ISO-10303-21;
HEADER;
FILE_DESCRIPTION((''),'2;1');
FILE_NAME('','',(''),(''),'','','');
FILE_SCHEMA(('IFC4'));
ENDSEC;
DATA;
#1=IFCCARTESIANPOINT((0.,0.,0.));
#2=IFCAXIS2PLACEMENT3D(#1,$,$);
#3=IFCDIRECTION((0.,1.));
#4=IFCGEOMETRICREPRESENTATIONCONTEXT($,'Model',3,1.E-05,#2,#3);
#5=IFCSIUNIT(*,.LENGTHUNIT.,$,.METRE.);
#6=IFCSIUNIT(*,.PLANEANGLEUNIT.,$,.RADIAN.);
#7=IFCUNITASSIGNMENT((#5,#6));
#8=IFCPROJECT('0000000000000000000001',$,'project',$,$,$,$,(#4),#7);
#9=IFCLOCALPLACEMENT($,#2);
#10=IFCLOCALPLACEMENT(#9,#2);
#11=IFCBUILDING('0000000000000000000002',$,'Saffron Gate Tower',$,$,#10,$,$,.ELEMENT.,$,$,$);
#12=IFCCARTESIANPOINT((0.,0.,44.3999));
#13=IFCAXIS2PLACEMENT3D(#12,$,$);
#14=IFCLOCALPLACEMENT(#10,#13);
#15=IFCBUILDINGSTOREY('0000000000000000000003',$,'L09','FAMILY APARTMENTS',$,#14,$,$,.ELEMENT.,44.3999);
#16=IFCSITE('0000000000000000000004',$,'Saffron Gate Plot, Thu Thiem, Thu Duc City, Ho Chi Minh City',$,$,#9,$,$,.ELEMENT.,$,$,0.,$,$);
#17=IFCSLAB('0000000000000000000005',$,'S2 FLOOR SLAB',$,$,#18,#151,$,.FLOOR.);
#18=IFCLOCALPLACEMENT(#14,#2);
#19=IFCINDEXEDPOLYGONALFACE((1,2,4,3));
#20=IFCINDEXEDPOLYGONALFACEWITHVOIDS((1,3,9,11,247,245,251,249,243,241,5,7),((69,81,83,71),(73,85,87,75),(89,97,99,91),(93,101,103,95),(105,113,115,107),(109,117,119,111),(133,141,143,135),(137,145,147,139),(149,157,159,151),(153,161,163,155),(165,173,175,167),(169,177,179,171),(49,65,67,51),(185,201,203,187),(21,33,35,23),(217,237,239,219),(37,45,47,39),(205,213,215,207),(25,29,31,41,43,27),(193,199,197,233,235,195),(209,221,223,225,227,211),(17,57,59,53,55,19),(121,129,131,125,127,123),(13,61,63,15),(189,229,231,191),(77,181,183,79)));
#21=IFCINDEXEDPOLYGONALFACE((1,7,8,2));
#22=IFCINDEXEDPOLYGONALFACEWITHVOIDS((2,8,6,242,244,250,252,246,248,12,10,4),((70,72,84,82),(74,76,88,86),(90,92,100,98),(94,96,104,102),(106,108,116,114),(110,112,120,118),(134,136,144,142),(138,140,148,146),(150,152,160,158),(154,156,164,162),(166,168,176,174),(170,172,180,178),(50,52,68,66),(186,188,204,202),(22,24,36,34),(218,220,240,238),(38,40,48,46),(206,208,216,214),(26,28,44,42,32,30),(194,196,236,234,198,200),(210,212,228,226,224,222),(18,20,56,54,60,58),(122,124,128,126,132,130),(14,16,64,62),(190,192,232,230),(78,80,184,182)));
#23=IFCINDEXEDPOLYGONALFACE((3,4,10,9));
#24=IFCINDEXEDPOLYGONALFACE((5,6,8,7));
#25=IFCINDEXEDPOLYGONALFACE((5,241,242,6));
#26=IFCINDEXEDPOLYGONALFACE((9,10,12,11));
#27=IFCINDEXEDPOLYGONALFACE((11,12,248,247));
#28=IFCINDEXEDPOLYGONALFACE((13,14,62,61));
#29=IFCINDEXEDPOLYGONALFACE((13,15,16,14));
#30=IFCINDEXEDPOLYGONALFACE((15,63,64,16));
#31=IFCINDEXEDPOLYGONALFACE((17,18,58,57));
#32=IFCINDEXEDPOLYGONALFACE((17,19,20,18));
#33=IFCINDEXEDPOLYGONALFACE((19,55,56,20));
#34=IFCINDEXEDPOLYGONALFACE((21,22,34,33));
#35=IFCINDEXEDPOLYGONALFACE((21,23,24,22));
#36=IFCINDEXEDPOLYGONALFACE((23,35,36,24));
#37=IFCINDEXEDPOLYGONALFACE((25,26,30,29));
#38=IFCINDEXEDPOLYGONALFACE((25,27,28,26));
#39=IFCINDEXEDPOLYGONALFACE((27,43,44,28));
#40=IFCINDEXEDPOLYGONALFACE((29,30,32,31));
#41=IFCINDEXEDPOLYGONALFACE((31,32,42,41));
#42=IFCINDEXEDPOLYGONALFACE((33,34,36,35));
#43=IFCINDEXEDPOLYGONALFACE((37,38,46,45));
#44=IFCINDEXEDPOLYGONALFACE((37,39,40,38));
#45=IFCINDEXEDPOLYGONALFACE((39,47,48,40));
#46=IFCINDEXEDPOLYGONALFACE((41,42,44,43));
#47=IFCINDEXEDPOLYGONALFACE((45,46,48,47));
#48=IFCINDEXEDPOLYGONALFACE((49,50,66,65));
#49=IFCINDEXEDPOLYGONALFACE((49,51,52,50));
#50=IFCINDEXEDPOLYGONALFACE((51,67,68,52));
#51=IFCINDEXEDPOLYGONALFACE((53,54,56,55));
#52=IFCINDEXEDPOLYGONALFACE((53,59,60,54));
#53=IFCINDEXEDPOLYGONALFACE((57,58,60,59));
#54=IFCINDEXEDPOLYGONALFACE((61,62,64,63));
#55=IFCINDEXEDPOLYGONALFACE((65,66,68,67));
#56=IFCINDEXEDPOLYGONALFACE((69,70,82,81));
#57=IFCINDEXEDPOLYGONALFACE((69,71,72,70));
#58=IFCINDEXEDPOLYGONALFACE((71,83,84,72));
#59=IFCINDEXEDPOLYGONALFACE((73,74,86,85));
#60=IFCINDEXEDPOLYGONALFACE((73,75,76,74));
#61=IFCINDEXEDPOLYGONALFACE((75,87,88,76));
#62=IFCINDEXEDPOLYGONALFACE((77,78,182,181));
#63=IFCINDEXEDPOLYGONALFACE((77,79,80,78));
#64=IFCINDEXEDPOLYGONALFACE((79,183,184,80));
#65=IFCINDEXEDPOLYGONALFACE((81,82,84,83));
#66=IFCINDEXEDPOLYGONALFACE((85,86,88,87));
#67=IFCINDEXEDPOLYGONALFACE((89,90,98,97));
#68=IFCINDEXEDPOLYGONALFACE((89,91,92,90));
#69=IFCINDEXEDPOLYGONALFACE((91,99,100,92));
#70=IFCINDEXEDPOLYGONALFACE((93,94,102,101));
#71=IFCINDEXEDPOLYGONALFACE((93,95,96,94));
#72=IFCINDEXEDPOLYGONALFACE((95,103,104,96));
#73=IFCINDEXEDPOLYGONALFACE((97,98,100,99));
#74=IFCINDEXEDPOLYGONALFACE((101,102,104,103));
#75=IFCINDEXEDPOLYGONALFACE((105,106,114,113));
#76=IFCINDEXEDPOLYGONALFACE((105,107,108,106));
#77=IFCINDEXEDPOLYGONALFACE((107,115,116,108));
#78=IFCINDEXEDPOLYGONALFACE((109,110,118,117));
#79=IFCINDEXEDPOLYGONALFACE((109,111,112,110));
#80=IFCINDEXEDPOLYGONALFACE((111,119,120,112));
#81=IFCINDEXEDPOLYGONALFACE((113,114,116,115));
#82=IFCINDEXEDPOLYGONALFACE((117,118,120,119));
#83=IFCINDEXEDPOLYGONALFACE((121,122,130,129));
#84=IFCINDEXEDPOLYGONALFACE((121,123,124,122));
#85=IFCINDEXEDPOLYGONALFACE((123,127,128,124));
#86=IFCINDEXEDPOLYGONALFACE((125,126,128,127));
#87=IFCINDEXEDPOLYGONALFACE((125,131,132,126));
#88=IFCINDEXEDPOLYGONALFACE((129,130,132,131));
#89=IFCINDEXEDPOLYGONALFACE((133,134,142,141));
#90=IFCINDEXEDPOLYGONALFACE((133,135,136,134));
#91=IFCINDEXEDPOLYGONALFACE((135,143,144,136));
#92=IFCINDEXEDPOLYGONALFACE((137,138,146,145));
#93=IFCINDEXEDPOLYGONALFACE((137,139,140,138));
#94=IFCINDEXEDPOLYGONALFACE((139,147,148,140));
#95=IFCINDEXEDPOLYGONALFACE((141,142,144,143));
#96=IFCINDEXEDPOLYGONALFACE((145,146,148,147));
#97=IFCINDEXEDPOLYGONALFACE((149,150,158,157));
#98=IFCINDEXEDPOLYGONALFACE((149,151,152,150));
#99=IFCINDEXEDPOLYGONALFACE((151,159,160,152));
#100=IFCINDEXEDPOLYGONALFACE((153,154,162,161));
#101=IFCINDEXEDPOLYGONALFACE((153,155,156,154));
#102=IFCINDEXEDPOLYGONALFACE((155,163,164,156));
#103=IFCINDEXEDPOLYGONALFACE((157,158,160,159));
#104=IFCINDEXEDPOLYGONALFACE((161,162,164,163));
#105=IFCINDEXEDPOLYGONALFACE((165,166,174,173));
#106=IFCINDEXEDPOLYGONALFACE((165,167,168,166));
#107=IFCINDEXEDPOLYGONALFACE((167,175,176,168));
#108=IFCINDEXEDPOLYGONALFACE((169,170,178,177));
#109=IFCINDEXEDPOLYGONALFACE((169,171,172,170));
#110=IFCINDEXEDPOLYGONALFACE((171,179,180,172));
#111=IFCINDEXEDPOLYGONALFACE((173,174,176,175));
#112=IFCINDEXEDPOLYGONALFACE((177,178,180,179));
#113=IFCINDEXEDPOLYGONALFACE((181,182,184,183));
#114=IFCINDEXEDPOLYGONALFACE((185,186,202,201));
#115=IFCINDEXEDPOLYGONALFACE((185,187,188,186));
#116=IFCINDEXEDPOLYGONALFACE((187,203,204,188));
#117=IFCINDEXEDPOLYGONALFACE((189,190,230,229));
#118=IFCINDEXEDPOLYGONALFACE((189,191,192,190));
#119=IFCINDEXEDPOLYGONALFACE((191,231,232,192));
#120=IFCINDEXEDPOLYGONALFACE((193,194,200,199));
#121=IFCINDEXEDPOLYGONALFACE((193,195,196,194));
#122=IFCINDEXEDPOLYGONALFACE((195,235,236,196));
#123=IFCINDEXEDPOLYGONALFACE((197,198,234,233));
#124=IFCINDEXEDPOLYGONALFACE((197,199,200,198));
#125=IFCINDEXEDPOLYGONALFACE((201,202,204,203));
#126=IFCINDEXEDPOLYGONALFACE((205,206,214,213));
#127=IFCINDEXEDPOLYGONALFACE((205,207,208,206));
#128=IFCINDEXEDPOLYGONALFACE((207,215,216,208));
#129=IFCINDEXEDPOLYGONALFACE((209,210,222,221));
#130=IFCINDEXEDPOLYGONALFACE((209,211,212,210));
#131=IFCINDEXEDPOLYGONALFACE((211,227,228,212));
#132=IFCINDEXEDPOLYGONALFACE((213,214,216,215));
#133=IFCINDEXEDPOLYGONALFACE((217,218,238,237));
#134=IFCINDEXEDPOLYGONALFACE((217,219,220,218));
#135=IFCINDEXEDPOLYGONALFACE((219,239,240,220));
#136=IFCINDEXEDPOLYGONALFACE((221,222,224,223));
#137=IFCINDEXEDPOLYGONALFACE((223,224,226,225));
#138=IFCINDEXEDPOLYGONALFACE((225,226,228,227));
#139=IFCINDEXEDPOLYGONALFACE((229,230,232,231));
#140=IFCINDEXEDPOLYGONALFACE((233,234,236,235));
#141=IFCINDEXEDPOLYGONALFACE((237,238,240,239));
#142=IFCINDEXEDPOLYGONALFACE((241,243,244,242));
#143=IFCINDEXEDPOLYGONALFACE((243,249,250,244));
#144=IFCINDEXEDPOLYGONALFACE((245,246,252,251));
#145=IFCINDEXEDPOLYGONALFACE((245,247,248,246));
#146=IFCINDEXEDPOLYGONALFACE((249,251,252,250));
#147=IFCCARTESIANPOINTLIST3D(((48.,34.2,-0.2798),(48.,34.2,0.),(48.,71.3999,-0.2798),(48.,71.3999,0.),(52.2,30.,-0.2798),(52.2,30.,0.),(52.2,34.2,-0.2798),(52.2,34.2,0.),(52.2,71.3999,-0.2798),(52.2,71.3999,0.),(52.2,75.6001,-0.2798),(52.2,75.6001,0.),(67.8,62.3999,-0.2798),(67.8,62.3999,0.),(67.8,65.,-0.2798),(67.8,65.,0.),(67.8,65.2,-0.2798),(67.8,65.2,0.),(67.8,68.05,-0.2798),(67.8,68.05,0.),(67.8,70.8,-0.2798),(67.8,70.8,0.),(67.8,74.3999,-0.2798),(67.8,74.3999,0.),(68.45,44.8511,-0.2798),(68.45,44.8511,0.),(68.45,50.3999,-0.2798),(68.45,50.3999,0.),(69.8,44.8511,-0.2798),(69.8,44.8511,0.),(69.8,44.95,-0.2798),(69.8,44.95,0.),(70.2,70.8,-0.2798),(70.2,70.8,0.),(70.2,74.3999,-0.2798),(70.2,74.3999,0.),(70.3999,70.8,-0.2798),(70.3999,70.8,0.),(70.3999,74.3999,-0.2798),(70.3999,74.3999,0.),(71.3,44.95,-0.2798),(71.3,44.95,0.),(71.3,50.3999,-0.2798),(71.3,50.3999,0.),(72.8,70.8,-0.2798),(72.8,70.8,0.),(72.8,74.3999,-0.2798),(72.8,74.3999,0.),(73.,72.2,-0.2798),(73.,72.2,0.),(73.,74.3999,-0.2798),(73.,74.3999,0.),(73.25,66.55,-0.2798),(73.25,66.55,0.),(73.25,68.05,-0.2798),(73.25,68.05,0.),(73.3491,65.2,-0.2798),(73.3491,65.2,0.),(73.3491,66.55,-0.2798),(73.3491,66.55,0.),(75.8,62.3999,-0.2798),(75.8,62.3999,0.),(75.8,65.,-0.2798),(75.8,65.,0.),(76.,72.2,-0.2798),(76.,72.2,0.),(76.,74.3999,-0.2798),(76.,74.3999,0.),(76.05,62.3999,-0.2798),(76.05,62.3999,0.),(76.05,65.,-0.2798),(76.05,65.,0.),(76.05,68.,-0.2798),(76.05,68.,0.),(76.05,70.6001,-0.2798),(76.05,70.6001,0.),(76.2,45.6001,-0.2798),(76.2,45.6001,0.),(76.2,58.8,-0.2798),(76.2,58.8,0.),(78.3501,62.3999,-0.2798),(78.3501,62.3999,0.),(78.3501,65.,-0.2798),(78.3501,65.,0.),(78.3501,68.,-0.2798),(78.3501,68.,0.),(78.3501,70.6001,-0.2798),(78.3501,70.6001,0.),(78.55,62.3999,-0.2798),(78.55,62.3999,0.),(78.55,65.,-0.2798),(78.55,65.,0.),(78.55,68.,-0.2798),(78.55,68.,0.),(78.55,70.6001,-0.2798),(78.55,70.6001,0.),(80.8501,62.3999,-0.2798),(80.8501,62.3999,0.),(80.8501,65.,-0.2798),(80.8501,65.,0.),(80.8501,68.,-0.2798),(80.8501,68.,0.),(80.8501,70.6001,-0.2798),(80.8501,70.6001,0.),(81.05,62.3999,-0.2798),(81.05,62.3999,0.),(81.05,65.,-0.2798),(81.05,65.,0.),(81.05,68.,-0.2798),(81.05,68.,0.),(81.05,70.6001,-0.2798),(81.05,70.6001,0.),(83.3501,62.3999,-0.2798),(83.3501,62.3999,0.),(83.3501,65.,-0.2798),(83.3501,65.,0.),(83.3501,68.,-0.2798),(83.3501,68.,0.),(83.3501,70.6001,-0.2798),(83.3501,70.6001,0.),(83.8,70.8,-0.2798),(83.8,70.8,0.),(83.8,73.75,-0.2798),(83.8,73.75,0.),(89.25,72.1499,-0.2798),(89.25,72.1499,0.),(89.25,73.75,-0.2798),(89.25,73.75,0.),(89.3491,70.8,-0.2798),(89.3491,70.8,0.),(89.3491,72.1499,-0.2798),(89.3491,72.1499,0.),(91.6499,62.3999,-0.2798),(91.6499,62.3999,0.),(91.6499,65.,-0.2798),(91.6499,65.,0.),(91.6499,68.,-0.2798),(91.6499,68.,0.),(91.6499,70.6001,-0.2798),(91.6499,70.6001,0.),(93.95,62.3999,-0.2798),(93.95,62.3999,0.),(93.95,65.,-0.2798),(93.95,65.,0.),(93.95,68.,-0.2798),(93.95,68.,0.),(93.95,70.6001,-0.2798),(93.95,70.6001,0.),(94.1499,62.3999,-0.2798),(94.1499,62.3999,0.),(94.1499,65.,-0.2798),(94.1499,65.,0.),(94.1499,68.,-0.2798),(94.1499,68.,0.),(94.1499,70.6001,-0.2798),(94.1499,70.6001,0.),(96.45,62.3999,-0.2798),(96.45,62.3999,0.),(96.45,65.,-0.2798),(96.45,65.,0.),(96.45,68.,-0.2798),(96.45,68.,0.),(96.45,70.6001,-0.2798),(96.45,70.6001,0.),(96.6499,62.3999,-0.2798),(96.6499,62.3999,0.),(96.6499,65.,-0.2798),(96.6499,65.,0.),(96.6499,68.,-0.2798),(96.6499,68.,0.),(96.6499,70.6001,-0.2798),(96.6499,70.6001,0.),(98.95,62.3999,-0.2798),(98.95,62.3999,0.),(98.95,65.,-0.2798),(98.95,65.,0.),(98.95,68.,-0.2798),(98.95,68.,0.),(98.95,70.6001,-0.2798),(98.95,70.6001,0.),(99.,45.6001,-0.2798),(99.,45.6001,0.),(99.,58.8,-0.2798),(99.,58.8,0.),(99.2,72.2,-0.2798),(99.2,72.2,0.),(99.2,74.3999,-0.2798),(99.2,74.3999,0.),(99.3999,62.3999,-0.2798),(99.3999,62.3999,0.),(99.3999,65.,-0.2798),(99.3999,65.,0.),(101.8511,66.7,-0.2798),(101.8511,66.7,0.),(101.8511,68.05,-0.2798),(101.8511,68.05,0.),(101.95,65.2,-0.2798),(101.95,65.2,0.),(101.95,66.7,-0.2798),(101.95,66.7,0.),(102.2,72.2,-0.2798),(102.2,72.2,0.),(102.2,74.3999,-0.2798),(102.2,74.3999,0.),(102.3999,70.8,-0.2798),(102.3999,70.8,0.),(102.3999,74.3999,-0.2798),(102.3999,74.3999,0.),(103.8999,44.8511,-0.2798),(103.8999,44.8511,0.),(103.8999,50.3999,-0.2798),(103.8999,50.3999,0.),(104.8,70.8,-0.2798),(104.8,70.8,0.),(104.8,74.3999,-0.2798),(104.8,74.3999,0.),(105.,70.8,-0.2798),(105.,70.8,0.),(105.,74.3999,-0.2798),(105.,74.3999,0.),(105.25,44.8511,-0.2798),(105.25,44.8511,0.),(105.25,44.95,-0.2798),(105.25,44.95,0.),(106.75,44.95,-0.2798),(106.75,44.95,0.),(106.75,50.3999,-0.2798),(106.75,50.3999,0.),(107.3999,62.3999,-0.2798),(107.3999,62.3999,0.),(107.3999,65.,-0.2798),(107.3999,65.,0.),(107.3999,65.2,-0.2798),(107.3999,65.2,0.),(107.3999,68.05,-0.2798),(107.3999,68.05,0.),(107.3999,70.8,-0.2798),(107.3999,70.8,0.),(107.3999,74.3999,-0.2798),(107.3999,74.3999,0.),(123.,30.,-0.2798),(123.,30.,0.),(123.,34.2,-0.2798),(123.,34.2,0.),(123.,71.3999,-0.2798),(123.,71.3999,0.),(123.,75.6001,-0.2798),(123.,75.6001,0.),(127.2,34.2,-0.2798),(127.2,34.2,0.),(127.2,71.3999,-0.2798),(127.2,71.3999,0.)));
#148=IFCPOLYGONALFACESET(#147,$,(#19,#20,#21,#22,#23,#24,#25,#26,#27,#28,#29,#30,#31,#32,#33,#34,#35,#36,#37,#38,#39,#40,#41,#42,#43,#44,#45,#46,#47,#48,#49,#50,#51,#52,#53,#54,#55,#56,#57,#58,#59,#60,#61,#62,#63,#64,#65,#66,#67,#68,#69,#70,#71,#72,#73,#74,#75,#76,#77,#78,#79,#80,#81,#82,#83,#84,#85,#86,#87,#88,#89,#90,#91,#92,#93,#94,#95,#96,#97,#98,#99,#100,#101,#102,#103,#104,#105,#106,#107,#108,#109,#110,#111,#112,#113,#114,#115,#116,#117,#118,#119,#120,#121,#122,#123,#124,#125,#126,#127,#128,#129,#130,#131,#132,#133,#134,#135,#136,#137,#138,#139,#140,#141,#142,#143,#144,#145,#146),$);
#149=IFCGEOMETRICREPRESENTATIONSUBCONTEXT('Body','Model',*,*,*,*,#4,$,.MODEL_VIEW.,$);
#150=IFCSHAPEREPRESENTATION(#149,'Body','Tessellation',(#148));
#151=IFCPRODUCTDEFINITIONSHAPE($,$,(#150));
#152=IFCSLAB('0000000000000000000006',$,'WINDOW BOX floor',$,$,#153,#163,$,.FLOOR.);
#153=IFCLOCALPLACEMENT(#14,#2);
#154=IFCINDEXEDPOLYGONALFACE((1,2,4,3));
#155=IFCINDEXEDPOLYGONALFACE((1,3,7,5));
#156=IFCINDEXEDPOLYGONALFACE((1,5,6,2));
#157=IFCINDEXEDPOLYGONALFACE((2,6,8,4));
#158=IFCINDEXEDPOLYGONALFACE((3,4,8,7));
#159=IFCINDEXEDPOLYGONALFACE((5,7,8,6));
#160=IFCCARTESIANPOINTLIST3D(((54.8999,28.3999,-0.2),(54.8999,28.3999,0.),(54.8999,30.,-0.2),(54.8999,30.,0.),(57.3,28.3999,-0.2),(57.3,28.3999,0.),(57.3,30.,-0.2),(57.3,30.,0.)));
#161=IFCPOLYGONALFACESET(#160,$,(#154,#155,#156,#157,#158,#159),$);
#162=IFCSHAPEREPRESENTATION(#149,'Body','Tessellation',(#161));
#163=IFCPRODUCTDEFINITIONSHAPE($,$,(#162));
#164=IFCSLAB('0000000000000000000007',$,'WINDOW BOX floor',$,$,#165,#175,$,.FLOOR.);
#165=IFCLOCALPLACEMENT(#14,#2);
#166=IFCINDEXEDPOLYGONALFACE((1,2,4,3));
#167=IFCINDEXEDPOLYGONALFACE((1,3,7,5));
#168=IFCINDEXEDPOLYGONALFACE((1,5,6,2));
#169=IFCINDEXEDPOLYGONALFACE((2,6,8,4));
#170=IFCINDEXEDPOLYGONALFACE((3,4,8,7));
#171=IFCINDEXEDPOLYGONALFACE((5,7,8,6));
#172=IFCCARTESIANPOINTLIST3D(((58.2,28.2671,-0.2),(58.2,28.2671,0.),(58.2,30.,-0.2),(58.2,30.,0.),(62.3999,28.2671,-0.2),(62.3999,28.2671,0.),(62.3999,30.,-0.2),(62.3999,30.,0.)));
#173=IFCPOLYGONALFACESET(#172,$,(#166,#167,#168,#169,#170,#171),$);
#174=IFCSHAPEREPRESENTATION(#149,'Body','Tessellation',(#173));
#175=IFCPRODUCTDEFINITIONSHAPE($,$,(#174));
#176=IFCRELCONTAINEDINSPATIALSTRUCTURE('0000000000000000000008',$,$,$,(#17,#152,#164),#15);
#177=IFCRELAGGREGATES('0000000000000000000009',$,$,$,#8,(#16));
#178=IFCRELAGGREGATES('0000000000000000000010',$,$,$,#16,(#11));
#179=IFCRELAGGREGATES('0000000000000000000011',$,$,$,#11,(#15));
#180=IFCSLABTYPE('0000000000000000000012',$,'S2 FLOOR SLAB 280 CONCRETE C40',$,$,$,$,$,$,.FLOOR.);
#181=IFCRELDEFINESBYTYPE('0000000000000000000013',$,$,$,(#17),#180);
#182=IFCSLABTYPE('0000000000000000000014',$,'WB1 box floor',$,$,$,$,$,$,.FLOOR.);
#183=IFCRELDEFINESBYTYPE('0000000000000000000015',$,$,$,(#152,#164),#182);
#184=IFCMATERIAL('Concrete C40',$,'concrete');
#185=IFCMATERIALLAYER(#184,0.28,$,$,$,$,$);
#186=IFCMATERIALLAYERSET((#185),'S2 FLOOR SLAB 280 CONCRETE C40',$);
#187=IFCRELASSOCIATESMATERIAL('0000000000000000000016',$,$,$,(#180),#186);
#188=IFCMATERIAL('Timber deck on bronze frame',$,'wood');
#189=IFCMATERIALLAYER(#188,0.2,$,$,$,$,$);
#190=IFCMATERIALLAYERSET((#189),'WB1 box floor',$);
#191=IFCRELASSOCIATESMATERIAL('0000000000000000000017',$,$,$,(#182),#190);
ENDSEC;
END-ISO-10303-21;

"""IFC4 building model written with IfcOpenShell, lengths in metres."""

from ifc_helpers import new_model, si_unit, direction, frame, origin, place, context, subcontext, project, spatial, polyline, outline, extrude, material, layer, layer_set, type_object, element, save


model = new_model("IFC4")

# Units and contexts
model_context = context("Model", 3, precision=1e-05, world=origin(), true_north=direction((0.0, 1.0)))
body_context = subcontext(model_context, "Body", "Model", "MODEL_VIEW")
ifc_project = project(units=[si_unit("LENGTHUNIT", "METRE"), si_unit("PLANEANGLEUNIT", "RADIAN")], contexts=[model_context])

# Site, building, storey
site_placement = place(None, origin())
site = spatial("IfcSite", under=ifc_project, at=site_placement, Name="Saffron Gate Plot, Thu Thiem, Thu Duc City, Ho Chi Minh City", CompositionType="ELEMENT", RefElevation=0.0)
building_placement = place(site_placement, origin())
building = spatial("IfcBuilding", under=site, at=building_placement, Name="Saffron Gate Tower", CompositionType="ELEMENT")
storey_placement = place(building_placement, frame((0.0, 0.0, 44.3999)))
storey = spatial("IfcBuildingStorey", under=building, at=storey_placement, Name="L09", Description="FAMILY APARTMENTS", CompositionType="ELEMENT", Elevation=44.3999)

# Slabs
ifc_material_1 = material(Name="Concrete C40", Category="concrete")
ifc_layer_1 = layer(ifc_material_1, 0.28)
ifc_layer_set_1 = layer_set([ifc_layer_1], Name="S2 FLOOR SLAB 280 CONCRETE C40")
slab_type_1 = type_object("IfcSlabType", Name="S2 FLOOR SLAB 280 CONCRETE C40", PredefinedType="FLOOR", material=ifc_layer_set_1)
slab_1_placement = place(storey_placement, frame((0.0, 0.0, -0.2798)))
element("IfcSlab", 1, at=slab_1_placement, inside=storey, type_object=slab_type_1, Name="S2 FLOOR SLAB", PredefinedType="FLOOR", context=body_context, shape_type="SweptSolid", body=[
    extrude(outline(polyline([(48.0, 34.2), (52.2, 34.2), (52.2, 30.0), (123.0, 30.0), (123.0, 34.2), (127.2, 34.2), (127.2, 71.3999), (123.0, 71.3999), (123.0, 75.6001), (52.2, 75.6001), (52.2, 71.3999), (48.0, 71.3999), (48.0, 34.2)]), holes=[polyline([(67.8, 62.3999), (67.8, 65.0), (75.8, 65.0), (75.8, 62.3999), (67.8, 62.3999)]), polyline([(67.8, 65.2), (67.8, 68.05), (73.25, 68.05), (73.25, 66.55), (73.3491, 66.55), (73.3491, 65.2), (67.8, 65.2)]), polyline([(67.8, 70.8), (67.8, 74.3999), (70.2, 74.3999), (70.2, 70.8), (67.8, 70.8)]), polyline([(68.45, 44.8511), (68.45, 50.3999), (71.3, 50.3999), (71.3, 44.95), (69.8, 44.95), (69.8, 44.8511), (68.45, 44.8511)]), polyline([(70.3999, 70.8), (70.3999, 74.3999), (72.8, 74.3999), (72.8, 70.8), (70.3999, 70.8)]), polyline([(73.0, 72.2), (73.0, 74.3999), (76.0, 74.3999), (76.0, 72.2), (73.0, 72.2)]), polyline([(76.05, 62.3999), (76.05, 65.0), (78.3501, 65.0), (78.3501, 62.3999), (76.05, 62.3999)]), polyline([(76.05, 68.0), (76.05, 70.6001), (78.3501, 70.6001), (78.3501, 68.0), (76.05, 68.0)]), polyline([(76.2, 45.6001), (76.2, 58.8), (99.0, 58.8), (99.0, 45.6001), (76.2, 45.6001)]), polyline([(78.55, 62.3999), (78.55, 65.0), (80.8501, 65.0), (80.8501, 62.3999), (78.55, 62.3999)]), polyline([(78.55, 68.0), (78.55, 70.6001), (80.8501, 70.6001), (80.8501, 68.0), (78.55, 68.0)]), polyline([(81.05, 62.3999), (81.05, 65.0), (83.3501, 65.0), (83.3501, 62.3999), (81.05, 62.3999)]), polyline([(81.05, 68.0), (81.05, 70.6001), (83.3501, 70.6001), (83.3501, 68.0), (81.05, 68.0)]), polyline([(83.8, 70.8), (83.8, 73.75), (89.25, 73.75), (89.25, 72.1499), (89.3491, 72.1499), (89.3491, 70.8), (83.8, 70.8)]), polyline([(91.6499, 62.3999), (91.6499, 65.0), (93.95, 65.0), (93.95, 62.3999), (91.6499, 62.3999)]), polyline([(91.6499, 68.0), (91.6499, 70.6001), (93.95, 70.6001), (93.95, 68.0), (91.6499, 68.0)]), polyline([(94.1499, 62.3999), (94.1499, 65.0), (96.45, 65.0), (96.45, 62.3999), (94.1499, 62.3999)]), polyline([(94.1499, 68.0), (94.1499, 70.6001), (96.45, 70.6001), (96.45, 68.0), (94.1499, 68.0)]), polyline([(96.6499, 62.3999), (96.6499, 65.0), (98.95, 65.0), (98.95, 62.3999), (96.6499, 62.3999)]), polyline([(96.6499, 68.0), (96.6499, 70.6001), (98.95, 70.6001), (98.95, 68.0), (96.6499, 68.0)]), polyline([(99.2, 72.2), (99.2, 74.3999), (102.2, 74.3999), (102.2, 72.2), (99.2, 72.2)]), polyline([(99.3999, 62.3999), (99.3999, 65.0), (107.3999, 65.0), (107.3999, 62.3999), (99.3999, 62.3999)]), polyline([(101.8511, 66.7), (101.8511, 68.05), (107.3999, 68.05), (107.3999, 65.2), (101.95, 65.2), (101.95, 66.7), (101.8511, 66.7)]), polyline([(102.3999, 70.8), (102.3999, 74.3999), (104.8, 74.3999), (104.8, 70.8), (102.3999, 70.8)]), polyline([(103.8999, 44.8511), (103.8999, 50.3999), (106.75, 50.3999), (106.75, 44.95), (105.25, 44.95), (105.25, 44.8511), (103.8999, 44.8511)]), polyline([(105.0, 70.8), (105.0, 74.3999), (107.3999, 74.3999), (107.3999, 70.8), (105.0, 70.8)])]), origin(), (0.0, 0.0, 1.0), 0.2798),
])
ifc_material_2 = material(Name="Timber deck on bronze frame", Category="wood")
ifc_layer_2 = layer(ifc_material_2, 0.2)
ifc_layer_set_2 = layer_set([ifc_layer_2], Name="WB1 box floor")
slab_type_2 = type_object("IfcSlabType", Name="WB1 box floor", PredefinedType="FLOOR", material=ifc_layer_set_2)
slab_2_placement = place(storey_placement, frame((0.0, 0.0, -0.2)))
element("IfcSlab", 2, at=slab_2_placement, inside=storey, type_object=slab_type_2, Name="WINDOW BOX floor", PredefinedType="FLOOR", context=body_context, shape_type="SweptSolid", body=[
    extrude(outline(polyline([(54.8999, 30.0), (57.3, 30.0), (57.3, 28.3999), (54.8999, 28.3999), (54.8999, 30.0)])), origin(), (0.0, 0.0, 1.0), 0.2),
])
slab_3_placement = place(storey_placement, frame((0.0, 0.0, -0.2)))
element("IfcSlab", 3, at=slab_3_placement, inside=storey, type_object=slab_type_2, Name="WINDOW BOX floor", PredefinedType="FLOOR", context=body_context, shape_type="SweptSolid", body=[
    extrude(outline(polyline([(58.2, 30.0), (62.3999, 30.0), (62.3999, 28.2671), (58.2, 28.2671), (58.2, 30.0)])), origin(), (0.0, 0.0, 1.0), 0.2),
])

save(model, "model.ifc")
